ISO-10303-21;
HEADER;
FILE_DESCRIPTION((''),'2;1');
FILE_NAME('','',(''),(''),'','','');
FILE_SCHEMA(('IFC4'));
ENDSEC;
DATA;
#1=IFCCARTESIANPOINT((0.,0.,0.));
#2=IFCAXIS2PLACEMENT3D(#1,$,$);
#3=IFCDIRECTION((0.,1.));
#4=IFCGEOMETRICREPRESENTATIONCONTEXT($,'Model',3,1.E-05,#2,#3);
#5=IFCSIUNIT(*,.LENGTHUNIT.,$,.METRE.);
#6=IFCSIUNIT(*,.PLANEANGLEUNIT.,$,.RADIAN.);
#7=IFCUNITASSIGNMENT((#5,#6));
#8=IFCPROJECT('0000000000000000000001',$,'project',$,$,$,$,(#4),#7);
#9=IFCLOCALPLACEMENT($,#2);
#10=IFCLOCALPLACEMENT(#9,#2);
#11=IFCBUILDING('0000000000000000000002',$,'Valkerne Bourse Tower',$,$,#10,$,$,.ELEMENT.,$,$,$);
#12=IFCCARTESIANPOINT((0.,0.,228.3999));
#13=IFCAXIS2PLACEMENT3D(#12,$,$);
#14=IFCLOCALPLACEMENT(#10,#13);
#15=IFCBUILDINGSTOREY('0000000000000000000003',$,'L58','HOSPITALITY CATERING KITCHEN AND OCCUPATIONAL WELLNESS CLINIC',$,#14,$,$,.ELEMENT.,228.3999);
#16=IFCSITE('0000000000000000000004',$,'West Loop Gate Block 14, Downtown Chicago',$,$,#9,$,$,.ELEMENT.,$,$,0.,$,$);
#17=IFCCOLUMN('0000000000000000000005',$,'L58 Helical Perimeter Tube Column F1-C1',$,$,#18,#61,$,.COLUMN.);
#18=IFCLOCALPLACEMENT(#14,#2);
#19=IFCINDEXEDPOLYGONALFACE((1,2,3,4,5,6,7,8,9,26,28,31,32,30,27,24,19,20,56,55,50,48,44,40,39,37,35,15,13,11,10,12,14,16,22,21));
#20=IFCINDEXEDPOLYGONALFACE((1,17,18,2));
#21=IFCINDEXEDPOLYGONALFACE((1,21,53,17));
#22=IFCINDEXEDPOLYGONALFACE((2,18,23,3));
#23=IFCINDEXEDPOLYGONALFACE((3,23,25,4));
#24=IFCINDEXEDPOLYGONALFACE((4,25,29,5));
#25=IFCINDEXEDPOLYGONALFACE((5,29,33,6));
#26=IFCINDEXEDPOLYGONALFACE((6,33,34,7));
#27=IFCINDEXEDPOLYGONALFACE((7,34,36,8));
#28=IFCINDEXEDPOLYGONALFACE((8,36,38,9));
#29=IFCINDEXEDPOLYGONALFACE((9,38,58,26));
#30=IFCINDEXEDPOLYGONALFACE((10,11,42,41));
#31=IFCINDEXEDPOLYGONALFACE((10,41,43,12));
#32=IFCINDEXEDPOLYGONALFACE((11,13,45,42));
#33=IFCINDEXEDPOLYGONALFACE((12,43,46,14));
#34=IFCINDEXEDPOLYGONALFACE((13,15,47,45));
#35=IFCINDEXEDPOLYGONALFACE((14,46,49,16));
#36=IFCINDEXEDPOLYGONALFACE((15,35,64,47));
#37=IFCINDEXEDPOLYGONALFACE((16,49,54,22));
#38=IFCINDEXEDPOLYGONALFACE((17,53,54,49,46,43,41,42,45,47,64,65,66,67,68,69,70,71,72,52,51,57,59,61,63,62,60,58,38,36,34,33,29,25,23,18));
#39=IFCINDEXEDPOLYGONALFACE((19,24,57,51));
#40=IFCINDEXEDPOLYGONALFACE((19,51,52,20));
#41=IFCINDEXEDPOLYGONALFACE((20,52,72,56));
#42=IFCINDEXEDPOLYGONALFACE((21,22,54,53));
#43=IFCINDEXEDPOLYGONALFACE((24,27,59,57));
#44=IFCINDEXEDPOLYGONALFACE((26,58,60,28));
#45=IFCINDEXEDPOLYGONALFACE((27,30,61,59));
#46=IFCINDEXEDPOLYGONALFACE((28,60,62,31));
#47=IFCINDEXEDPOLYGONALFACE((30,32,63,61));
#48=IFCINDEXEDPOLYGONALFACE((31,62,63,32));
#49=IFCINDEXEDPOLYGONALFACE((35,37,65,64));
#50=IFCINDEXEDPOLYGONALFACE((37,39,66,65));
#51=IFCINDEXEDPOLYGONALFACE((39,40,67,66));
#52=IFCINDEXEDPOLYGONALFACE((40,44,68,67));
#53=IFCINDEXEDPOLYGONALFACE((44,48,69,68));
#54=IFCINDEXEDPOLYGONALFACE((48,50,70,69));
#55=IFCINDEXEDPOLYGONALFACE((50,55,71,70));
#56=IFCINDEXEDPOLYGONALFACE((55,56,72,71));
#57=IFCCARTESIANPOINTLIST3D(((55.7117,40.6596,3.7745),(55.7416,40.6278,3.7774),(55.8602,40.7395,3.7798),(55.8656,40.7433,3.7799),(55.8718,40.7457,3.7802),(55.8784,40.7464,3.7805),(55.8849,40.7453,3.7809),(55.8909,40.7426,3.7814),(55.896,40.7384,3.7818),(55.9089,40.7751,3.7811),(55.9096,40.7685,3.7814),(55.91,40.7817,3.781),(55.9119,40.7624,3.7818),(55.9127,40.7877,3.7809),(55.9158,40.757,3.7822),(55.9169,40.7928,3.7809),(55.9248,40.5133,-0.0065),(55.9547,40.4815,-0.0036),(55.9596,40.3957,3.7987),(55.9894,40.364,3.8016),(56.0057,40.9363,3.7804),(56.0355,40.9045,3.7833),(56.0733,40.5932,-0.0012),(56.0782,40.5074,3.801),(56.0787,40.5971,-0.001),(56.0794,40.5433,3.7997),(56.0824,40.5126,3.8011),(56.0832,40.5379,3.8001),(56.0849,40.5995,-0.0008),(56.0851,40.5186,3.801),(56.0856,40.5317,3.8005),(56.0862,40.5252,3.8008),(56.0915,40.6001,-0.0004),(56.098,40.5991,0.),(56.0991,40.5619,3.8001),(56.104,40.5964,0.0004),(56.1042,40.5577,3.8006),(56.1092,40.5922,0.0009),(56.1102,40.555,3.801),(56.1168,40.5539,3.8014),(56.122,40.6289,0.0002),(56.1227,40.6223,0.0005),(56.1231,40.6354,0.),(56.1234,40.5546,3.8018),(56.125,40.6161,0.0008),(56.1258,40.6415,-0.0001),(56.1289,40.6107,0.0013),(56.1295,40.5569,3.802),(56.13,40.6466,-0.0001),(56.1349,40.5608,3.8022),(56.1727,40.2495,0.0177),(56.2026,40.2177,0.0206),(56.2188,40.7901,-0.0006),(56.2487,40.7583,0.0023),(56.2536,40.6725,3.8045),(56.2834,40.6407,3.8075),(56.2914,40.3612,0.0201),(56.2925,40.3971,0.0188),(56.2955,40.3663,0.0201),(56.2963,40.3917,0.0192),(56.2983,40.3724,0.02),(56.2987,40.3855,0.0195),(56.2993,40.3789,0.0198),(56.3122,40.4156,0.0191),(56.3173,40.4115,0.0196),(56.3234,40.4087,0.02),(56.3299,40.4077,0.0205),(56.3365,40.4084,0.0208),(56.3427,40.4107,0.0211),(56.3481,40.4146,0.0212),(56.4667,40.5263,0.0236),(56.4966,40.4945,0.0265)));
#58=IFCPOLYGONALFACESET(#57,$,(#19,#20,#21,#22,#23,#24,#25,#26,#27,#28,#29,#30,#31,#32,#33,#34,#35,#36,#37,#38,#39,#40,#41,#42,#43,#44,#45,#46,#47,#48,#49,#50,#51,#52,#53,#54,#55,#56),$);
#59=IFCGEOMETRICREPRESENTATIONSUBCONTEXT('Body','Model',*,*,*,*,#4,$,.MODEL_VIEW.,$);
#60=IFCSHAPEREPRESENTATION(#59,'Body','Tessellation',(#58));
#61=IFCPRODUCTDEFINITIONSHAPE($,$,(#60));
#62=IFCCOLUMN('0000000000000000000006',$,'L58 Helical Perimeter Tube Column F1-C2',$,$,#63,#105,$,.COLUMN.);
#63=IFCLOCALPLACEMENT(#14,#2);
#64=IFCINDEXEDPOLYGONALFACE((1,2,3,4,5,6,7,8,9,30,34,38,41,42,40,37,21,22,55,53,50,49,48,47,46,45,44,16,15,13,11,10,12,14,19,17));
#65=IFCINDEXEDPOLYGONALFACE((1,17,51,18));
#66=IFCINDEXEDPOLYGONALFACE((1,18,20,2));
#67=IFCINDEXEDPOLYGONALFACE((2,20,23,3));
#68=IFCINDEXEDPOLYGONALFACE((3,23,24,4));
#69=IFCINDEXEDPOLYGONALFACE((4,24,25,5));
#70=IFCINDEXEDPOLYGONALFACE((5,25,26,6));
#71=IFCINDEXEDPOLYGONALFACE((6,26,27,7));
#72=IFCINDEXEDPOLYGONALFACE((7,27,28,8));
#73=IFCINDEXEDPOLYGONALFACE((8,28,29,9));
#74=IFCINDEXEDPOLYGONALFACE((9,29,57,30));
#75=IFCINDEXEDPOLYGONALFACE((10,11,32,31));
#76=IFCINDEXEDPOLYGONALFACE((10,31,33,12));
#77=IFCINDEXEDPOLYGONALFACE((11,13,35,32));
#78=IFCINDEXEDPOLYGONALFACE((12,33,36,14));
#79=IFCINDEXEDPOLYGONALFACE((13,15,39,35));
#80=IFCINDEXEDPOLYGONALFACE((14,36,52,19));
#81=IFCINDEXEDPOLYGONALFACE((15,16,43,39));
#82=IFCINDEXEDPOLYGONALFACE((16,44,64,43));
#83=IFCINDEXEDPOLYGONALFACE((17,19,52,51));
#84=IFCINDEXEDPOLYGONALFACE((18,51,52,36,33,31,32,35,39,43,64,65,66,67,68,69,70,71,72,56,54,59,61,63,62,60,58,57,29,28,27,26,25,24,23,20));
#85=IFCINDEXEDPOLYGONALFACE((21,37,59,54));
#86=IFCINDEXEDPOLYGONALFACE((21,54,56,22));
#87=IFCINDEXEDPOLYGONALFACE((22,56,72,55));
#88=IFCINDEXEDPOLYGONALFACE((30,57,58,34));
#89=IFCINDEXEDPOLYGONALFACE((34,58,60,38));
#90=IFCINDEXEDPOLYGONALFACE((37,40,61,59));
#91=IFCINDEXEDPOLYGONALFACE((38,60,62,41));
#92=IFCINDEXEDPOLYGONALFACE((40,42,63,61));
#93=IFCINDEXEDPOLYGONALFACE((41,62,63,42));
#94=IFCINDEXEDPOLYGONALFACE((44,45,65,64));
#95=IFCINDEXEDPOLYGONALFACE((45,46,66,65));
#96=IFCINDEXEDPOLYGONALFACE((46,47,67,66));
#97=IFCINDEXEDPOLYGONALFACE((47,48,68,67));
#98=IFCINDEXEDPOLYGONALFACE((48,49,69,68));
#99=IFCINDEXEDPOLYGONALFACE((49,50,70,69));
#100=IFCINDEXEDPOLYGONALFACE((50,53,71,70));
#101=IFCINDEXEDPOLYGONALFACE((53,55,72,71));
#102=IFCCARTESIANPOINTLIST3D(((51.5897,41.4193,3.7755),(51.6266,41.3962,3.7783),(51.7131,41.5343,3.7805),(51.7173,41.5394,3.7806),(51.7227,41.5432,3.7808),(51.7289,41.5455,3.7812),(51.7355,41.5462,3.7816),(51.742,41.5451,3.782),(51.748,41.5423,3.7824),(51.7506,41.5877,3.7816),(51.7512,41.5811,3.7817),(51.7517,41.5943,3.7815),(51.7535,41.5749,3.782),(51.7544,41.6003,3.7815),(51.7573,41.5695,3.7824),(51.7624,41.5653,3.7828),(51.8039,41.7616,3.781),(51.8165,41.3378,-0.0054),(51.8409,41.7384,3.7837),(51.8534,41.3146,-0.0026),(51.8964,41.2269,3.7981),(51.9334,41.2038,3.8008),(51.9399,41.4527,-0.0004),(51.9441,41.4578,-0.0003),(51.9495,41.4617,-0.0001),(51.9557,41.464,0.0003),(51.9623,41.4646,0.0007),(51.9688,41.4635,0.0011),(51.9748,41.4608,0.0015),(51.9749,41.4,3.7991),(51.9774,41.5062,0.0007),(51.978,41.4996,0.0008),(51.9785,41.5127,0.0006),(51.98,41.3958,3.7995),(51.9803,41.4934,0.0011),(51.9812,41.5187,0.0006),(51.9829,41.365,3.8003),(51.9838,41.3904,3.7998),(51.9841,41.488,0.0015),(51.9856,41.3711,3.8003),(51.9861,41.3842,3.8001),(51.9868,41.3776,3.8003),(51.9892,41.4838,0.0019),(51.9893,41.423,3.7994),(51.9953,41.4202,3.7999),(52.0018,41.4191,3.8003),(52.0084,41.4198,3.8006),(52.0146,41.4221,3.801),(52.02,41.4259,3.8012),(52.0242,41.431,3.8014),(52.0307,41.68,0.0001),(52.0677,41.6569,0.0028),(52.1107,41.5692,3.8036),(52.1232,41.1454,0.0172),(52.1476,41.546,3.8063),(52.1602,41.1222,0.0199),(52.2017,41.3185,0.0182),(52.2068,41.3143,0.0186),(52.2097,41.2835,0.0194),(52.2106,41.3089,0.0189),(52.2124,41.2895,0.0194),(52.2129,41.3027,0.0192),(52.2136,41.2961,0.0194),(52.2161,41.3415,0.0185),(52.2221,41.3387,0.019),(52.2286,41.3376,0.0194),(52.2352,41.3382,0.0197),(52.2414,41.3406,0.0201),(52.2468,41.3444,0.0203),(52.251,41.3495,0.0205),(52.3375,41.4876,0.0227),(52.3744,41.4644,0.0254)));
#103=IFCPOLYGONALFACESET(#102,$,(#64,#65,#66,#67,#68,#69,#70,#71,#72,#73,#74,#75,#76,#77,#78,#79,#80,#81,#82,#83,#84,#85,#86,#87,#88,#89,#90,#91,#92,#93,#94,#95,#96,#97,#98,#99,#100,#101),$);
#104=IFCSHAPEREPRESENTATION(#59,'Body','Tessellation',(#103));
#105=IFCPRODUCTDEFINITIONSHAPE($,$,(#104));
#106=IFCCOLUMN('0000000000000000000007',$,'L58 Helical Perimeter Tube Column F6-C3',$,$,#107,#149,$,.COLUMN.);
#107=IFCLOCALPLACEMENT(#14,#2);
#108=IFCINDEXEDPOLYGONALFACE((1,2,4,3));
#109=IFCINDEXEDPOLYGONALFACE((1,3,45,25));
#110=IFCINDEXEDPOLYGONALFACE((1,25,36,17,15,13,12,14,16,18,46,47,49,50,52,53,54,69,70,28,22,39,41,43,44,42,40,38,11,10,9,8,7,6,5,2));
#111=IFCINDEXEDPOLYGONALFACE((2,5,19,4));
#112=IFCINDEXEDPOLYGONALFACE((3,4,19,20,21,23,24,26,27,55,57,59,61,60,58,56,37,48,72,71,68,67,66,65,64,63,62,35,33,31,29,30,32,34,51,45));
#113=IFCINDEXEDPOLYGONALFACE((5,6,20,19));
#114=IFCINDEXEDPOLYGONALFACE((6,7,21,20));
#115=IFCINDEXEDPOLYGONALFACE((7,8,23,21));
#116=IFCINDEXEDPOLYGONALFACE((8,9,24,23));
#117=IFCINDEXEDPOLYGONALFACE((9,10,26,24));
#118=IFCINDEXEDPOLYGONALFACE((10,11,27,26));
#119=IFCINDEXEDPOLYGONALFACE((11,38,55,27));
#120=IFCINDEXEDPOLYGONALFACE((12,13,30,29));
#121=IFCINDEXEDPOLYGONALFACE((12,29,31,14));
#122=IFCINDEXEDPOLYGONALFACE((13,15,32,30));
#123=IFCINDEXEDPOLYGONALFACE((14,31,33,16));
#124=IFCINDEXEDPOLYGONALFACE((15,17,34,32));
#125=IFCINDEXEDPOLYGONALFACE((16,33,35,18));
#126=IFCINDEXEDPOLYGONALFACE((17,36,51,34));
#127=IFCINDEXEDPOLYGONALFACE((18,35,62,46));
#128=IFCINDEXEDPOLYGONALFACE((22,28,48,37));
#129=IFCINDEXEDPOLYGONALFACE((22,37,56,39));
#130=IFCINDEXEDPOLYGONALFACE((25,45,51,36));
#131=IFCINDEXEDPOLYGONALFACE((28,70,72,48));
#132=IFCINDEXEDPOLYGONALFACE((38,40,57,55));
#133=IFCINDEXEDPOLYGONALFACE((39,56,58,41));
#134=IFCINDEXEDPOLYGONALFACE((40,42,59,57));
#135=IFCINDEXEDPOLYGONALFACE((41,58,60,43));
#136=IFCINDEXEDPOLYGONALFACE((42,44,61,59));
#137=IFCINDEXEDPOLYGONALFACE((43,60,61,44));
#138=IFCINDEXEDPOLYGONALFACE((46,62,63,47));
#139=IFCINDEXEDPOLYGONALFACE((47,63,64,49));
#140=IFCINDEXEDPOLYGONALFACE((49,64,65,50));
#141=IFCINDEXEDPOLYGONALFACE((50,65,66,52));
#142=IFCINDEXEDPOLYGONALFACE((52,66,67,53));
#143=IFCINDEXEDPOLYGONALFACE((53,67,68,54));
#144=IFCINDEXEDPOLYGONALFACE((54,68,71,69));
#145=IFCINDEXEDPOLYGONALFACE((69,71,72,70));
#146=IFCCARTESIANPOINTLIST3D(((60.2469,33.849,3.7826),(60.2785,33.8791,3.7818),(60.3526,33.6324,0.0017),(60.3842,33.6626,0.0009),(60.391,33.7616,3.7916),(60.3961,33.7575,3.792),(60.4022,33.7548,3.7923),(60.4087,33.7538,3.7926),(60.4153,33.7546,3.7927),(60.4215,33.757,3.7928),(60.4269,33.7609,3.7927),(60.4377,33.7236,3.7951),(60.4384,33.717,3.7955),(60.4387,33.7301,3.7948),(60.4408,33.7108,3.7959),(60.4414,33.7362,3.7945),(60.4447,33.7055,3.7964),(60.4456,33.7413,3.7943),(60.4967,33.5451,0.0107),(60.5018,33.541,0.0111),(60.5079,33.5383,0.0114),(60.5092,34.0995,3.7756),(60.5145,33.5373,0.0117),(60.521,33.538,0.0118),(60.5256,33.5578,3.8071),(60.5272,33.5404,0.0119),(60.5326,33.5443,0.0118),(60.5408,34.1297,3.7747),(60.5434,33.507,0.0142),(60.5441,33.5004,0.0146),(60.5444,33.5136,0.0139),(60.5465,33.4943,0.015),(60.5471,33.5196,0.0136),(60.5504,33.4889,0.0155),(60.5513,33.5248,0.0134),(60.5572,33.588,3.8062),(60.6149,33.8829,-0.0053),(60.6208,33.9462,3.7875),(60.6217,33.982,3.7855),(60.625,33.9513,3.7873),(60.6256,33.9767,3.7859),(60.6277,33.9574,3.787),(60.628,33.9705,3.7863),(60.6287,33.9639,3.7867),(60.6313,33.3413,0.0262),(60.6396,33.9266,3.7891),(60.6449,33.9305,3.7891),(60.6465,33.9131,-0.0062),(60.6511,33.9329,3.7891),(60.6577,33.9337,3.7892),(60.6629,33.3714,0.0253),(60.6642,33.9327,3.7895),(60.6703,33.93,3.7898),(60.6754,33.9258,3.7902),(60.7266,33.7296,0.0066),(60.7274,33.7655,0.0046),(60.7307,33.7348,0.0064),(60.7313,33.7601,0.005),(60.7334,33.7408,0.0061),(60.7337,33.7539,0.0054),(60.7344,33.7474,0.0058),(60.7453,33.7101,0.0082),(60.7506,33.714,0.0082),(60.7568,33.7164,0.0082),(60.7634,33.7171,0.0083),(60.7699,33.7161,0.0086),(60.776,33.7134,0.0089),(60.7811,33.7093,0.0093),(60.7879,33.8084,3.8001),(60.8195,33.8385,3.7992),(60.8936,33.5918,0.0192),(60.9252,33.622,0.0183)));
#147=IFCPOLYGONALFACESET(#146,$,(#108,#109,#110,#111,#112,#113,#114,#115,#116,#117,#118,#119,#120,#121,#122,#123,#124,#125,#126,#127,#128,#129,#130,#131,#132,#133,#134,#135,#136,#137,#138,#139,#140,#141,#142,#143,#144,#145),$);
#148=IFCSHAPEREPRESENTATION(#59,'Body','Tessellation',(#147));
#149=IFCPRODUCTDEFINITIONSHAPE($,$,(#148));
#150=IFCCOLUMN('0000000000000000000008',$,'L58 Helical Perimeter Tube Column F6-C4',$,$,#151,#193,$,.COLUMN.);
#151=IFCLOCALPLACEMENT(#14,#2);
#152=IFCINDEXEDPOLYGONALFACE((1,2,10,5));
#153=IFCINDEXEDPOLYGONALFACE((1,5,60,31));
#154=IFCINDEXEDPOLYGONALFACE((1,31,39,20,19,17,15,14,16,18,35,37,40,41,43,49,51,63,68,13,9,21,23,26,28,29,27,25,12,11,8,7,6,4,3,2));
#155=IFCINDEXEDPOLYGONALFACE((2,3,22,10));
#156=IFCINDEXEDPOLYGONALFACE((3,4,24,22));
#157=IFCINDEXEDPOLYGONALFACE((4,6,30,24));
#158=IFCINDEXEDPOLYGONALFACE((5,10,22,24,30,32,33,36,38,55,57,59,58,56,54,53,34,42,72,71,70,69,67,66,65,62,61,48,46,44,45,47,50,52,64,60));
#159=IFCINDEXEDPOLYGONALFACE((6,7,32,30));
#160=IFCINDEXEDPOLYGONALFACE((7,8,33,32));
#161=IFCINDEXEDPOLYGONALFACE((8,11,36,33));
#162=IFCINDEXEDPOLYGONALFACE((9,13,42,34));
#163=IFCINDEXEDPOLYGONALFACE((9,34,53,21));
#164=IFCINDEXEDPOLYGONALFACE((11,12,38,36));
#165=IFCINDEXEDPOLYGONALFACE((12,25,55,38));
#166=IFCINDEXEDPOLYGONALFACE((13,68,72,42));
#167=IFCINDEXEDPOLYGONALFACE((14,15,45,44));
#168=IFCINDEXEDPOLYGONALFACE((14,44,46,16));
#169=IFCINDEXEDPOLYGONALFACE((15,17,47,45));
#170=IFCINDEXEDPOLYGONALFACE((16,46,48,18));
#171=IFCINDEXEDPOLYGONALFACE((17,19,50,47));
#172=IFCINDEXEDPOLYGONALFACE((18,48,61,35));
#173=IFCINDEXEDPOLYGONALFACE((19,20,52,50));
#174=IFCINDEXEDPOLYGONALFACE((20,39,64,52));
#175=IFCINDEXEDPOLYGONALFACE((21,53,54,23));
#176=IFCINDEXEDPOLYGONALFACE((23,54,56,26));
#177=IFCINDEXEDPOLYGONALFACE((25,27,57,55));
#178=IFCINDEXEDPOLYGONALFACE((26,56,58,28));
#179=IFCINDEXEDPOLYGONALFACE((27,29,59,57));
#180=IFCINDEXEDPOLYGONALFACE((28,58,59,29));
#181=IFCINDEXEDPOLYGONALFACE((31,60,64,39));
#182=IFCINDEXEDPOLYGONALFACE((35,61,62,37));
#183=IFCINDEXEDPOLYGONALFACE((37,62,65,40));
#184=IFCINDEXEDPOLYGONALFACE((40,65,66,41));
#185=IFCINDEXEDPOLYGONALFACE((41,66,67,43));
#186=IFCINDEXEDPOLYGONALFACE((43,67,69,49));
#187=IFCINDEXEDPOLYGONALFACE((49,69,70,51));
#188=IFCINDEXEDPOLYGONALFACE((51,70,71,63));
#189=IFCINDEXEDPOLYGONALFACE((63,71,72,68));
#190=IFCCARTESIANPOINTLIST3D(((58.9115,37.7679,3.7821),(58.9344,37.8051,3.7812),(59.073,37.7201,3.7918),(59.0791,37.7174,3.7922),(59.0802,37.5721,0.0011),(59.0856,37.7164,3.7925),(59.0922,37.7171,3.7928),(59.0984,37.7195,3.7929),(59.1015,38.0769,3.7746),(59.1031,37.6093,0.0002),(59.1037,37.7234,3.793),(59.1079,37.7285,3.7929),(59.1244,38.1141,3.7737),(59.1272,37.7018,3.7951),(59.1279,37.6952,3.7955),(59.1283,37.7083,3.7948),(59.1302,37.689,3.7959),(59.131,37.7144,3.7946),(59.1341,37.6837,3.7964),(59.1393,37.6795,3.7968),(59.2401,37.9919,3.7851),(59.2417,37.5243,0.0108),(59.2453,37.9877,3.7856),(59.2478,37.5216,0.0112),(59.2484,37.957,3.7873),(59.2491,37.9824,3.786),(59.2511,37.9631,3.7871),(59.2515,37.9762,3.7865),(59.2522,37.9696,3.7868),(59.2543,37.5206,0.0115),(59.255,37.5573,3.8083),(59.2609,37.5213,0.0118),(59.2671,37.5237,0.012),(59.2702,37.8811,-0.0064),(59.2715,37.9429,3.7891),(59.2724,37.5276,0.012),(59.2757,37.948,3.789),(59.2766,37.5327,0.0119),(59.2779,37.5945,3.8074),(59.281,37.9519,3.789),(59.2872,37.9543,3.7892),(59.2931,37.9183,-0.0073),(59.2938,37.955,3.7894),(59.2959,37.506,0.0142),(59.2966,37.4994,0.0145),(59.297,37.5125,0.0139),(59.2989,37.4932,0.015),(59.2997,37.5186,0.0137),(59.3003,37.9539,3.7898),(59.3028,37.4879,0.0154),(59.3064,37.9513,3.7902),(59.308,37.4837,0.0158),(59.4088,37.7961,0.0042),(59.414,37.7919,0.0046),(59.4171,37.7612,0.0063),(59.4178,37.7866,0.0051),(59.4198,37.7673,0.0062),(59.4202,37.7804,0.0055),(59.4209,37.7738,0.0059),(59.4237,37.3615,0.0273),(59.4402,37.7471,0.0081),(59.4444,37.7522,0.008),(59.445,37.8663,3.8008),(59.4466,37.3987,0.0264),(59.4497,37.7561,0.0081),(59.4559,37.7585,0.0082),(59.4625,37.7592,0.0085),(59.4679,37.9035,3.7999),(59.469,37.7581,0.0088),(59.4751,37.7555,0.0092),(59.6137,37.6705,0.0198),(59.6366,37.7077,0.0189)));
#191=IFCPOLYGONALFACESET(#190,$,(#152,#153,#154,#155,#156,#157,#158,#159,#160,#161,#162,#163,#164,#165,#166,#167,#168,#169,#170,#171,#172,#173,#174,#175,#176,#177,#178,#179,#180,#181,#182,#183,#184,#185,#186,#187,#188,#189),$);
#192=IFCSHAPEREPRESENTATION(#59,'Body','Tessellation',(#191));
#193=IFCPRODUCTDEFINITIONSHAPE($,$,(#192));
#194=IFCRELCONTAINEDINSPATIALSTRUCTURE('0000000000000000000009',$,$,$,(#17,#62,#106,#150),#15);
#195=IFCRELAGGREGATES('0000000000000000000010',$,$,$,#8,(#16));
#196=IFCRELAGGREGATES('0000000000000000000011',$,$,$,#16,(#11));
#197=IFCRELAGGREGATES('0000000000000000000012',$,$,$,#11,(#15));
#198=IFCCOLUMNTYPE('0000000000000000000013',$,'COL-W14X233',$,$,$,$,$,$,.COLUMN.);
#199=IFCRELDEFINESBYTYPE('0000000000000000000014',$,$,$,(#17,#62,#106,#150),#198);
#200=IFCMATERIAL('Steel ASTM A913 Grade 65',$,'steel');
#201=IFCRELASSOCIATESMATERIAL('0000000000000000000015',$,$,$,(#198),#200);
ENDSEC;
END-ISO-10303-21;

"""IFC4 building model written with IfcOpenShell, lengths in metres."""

from ifc_helpers import new_model, si_unit, direction, frame, origin, origin_2d, place, context, subcontext, project, spatial, i_section, extrude, material, material_profile, profile_set, type_object, element, save


model = new_model("IFC4")

# Units and contexts
model_context = context("Model", 3, precision=1e-05, world=origin(), true_north=direction((0.0, 1.0)))
body_context = subcontext(model_context, "Body", "Model", "MODEL_VIEW")
ifc_project = project(units=[si_unit("LENGTHUNIT", "METRE"), si_unit("PLANEANGLEUNIT", "RADIAN")], contexts=[model_context])

# Site, building, storey
site_placement = place(None, origin())
site = spatial("IfcSite", under=ifc_project, at=site_placement, Name="West Loop Gate Block 14, Downtown Chicago", CompositionType="ELEMENT", RefElevation=0.0)
building_placement = place(site_placement, origin())
building = spatial("IfcBuilding", under=site, at=building_placement, Name="Valkerne Bourse Tower", CompositionType="ELEMENT")
storey_placement = place(building_placement, frame((0.0, 0.0, 228.3999)))
storey = spatial("IfcBuildingStorey", under=building, at=storey_placement, Name="L58", Description="HOSPITALITY CATERING KITCHEN AND OCCUPATIONAL WELLNESS CLINIC", CompositionType="ELEMENT", Elevation=228.3999)

# Columns
ifc_material_1 = material(Name="Steel ASTM A913 Grade 65", Category="steel")
ifc_material_profile_1 = material_profile(ifc_material_1, i_section(OverallWidth=0.4038, OverallDepth=0.4065, WebThickness=0.0271, FlangeThickness=0.0437, FilletRadius=0.0254, at=origin_2d()), Name="W14X233")
ifc_profile_set_1 = profile_set([ifc_material_profile_1], Name="Steel ASTM A913 Grade 65")
column_type = type_object("IfcColumnType", Name="COL-W14X233", PredefinedType="COLUMN", material=ifc_profile_set_1)
column_1_placement = place(storey_placement, frame((56.2107, 40.5039, 0.01), z_axis=(-0.056239, 0.038588, 0.997671), x_axis=(0.728029, 0.685393, 0.01453)))
element("IfcColumn", 1, at=column_1_placement, inside=storey, type_object=column_type, Name="L58 Helical Perimeter Tube Column F1-C1", PredefinedType="COLUMN", context=body_context, shape_type="SweptSolid", body=[
    extrude(i_section(OverallWidth=0.4038, OverallDepth=0.4065, WebThickness=0.0271, FlangeThickness=0.0437, FilletRadius=0.0254, at=origin_2d()), origin(), (0.0, 0.0, 1.0), 3.7898),
])
for number, where, z_axis, x_axis, name in (
    (2, (52.0955, 41.4011, 0.01), (-0.059864, 0.021523, 0.997974), (0.530621, 0.847501, 0.013552), "L58 Helical Perimeter Tube Column F1-C2"),
    (3, (60.6389, 33.6272, 0.01), (-0.027902, 0.057158, 0.997975), (0.690287, -0.720994, 0.060594), "L58 Helical Perimeter Tube Column F6-C3"),
):
    element("IfcColumn", number, at=place(storey_placement, frame(where, z_axis=z_axis, x_axis=x_axis)), inside=storey, type_object=column_type, Name=name, PredefinedType="COLUMN", context=body_context, shape_type="SweptSolid", body=[
        extrude(i_section(OverallWidth=0.4038, OverallDepth=0.4065, WebThickness=0.0271, FlangeThickness=0.0437, FilletRadius=0.0254, at=origin_2d()), origin(), (0.0, 0.0, 1.0), 3.7886),
    ])
column_2_placement = place(storey_placement, frame((59.3584, 37.6399, 0.01), z_axis=(-0.044514, 0.051665, 0.997672), x_axis=(0.850718, -0.521591, 0.064968)))
element("IfcColumn", 4, at=column_2_placement, inside=storey, type_object=column_type, Name="L58 Helical Perimeter Tube Column F6-C4", PredefinedType="COLUMN", context=body_context, shape_type="SweptSolid", body=[
    extrude(i_section(OverallWidth=0.4038, OverallDepth=0.4065, WebThickness=0.0271, FlangeThickness=0.0437, FilletRadius=0.0254, at=origin_2d()), origin(), (0.0, 0.0, 1.0), 3.7898),
])

save(model, "model.ifc")
